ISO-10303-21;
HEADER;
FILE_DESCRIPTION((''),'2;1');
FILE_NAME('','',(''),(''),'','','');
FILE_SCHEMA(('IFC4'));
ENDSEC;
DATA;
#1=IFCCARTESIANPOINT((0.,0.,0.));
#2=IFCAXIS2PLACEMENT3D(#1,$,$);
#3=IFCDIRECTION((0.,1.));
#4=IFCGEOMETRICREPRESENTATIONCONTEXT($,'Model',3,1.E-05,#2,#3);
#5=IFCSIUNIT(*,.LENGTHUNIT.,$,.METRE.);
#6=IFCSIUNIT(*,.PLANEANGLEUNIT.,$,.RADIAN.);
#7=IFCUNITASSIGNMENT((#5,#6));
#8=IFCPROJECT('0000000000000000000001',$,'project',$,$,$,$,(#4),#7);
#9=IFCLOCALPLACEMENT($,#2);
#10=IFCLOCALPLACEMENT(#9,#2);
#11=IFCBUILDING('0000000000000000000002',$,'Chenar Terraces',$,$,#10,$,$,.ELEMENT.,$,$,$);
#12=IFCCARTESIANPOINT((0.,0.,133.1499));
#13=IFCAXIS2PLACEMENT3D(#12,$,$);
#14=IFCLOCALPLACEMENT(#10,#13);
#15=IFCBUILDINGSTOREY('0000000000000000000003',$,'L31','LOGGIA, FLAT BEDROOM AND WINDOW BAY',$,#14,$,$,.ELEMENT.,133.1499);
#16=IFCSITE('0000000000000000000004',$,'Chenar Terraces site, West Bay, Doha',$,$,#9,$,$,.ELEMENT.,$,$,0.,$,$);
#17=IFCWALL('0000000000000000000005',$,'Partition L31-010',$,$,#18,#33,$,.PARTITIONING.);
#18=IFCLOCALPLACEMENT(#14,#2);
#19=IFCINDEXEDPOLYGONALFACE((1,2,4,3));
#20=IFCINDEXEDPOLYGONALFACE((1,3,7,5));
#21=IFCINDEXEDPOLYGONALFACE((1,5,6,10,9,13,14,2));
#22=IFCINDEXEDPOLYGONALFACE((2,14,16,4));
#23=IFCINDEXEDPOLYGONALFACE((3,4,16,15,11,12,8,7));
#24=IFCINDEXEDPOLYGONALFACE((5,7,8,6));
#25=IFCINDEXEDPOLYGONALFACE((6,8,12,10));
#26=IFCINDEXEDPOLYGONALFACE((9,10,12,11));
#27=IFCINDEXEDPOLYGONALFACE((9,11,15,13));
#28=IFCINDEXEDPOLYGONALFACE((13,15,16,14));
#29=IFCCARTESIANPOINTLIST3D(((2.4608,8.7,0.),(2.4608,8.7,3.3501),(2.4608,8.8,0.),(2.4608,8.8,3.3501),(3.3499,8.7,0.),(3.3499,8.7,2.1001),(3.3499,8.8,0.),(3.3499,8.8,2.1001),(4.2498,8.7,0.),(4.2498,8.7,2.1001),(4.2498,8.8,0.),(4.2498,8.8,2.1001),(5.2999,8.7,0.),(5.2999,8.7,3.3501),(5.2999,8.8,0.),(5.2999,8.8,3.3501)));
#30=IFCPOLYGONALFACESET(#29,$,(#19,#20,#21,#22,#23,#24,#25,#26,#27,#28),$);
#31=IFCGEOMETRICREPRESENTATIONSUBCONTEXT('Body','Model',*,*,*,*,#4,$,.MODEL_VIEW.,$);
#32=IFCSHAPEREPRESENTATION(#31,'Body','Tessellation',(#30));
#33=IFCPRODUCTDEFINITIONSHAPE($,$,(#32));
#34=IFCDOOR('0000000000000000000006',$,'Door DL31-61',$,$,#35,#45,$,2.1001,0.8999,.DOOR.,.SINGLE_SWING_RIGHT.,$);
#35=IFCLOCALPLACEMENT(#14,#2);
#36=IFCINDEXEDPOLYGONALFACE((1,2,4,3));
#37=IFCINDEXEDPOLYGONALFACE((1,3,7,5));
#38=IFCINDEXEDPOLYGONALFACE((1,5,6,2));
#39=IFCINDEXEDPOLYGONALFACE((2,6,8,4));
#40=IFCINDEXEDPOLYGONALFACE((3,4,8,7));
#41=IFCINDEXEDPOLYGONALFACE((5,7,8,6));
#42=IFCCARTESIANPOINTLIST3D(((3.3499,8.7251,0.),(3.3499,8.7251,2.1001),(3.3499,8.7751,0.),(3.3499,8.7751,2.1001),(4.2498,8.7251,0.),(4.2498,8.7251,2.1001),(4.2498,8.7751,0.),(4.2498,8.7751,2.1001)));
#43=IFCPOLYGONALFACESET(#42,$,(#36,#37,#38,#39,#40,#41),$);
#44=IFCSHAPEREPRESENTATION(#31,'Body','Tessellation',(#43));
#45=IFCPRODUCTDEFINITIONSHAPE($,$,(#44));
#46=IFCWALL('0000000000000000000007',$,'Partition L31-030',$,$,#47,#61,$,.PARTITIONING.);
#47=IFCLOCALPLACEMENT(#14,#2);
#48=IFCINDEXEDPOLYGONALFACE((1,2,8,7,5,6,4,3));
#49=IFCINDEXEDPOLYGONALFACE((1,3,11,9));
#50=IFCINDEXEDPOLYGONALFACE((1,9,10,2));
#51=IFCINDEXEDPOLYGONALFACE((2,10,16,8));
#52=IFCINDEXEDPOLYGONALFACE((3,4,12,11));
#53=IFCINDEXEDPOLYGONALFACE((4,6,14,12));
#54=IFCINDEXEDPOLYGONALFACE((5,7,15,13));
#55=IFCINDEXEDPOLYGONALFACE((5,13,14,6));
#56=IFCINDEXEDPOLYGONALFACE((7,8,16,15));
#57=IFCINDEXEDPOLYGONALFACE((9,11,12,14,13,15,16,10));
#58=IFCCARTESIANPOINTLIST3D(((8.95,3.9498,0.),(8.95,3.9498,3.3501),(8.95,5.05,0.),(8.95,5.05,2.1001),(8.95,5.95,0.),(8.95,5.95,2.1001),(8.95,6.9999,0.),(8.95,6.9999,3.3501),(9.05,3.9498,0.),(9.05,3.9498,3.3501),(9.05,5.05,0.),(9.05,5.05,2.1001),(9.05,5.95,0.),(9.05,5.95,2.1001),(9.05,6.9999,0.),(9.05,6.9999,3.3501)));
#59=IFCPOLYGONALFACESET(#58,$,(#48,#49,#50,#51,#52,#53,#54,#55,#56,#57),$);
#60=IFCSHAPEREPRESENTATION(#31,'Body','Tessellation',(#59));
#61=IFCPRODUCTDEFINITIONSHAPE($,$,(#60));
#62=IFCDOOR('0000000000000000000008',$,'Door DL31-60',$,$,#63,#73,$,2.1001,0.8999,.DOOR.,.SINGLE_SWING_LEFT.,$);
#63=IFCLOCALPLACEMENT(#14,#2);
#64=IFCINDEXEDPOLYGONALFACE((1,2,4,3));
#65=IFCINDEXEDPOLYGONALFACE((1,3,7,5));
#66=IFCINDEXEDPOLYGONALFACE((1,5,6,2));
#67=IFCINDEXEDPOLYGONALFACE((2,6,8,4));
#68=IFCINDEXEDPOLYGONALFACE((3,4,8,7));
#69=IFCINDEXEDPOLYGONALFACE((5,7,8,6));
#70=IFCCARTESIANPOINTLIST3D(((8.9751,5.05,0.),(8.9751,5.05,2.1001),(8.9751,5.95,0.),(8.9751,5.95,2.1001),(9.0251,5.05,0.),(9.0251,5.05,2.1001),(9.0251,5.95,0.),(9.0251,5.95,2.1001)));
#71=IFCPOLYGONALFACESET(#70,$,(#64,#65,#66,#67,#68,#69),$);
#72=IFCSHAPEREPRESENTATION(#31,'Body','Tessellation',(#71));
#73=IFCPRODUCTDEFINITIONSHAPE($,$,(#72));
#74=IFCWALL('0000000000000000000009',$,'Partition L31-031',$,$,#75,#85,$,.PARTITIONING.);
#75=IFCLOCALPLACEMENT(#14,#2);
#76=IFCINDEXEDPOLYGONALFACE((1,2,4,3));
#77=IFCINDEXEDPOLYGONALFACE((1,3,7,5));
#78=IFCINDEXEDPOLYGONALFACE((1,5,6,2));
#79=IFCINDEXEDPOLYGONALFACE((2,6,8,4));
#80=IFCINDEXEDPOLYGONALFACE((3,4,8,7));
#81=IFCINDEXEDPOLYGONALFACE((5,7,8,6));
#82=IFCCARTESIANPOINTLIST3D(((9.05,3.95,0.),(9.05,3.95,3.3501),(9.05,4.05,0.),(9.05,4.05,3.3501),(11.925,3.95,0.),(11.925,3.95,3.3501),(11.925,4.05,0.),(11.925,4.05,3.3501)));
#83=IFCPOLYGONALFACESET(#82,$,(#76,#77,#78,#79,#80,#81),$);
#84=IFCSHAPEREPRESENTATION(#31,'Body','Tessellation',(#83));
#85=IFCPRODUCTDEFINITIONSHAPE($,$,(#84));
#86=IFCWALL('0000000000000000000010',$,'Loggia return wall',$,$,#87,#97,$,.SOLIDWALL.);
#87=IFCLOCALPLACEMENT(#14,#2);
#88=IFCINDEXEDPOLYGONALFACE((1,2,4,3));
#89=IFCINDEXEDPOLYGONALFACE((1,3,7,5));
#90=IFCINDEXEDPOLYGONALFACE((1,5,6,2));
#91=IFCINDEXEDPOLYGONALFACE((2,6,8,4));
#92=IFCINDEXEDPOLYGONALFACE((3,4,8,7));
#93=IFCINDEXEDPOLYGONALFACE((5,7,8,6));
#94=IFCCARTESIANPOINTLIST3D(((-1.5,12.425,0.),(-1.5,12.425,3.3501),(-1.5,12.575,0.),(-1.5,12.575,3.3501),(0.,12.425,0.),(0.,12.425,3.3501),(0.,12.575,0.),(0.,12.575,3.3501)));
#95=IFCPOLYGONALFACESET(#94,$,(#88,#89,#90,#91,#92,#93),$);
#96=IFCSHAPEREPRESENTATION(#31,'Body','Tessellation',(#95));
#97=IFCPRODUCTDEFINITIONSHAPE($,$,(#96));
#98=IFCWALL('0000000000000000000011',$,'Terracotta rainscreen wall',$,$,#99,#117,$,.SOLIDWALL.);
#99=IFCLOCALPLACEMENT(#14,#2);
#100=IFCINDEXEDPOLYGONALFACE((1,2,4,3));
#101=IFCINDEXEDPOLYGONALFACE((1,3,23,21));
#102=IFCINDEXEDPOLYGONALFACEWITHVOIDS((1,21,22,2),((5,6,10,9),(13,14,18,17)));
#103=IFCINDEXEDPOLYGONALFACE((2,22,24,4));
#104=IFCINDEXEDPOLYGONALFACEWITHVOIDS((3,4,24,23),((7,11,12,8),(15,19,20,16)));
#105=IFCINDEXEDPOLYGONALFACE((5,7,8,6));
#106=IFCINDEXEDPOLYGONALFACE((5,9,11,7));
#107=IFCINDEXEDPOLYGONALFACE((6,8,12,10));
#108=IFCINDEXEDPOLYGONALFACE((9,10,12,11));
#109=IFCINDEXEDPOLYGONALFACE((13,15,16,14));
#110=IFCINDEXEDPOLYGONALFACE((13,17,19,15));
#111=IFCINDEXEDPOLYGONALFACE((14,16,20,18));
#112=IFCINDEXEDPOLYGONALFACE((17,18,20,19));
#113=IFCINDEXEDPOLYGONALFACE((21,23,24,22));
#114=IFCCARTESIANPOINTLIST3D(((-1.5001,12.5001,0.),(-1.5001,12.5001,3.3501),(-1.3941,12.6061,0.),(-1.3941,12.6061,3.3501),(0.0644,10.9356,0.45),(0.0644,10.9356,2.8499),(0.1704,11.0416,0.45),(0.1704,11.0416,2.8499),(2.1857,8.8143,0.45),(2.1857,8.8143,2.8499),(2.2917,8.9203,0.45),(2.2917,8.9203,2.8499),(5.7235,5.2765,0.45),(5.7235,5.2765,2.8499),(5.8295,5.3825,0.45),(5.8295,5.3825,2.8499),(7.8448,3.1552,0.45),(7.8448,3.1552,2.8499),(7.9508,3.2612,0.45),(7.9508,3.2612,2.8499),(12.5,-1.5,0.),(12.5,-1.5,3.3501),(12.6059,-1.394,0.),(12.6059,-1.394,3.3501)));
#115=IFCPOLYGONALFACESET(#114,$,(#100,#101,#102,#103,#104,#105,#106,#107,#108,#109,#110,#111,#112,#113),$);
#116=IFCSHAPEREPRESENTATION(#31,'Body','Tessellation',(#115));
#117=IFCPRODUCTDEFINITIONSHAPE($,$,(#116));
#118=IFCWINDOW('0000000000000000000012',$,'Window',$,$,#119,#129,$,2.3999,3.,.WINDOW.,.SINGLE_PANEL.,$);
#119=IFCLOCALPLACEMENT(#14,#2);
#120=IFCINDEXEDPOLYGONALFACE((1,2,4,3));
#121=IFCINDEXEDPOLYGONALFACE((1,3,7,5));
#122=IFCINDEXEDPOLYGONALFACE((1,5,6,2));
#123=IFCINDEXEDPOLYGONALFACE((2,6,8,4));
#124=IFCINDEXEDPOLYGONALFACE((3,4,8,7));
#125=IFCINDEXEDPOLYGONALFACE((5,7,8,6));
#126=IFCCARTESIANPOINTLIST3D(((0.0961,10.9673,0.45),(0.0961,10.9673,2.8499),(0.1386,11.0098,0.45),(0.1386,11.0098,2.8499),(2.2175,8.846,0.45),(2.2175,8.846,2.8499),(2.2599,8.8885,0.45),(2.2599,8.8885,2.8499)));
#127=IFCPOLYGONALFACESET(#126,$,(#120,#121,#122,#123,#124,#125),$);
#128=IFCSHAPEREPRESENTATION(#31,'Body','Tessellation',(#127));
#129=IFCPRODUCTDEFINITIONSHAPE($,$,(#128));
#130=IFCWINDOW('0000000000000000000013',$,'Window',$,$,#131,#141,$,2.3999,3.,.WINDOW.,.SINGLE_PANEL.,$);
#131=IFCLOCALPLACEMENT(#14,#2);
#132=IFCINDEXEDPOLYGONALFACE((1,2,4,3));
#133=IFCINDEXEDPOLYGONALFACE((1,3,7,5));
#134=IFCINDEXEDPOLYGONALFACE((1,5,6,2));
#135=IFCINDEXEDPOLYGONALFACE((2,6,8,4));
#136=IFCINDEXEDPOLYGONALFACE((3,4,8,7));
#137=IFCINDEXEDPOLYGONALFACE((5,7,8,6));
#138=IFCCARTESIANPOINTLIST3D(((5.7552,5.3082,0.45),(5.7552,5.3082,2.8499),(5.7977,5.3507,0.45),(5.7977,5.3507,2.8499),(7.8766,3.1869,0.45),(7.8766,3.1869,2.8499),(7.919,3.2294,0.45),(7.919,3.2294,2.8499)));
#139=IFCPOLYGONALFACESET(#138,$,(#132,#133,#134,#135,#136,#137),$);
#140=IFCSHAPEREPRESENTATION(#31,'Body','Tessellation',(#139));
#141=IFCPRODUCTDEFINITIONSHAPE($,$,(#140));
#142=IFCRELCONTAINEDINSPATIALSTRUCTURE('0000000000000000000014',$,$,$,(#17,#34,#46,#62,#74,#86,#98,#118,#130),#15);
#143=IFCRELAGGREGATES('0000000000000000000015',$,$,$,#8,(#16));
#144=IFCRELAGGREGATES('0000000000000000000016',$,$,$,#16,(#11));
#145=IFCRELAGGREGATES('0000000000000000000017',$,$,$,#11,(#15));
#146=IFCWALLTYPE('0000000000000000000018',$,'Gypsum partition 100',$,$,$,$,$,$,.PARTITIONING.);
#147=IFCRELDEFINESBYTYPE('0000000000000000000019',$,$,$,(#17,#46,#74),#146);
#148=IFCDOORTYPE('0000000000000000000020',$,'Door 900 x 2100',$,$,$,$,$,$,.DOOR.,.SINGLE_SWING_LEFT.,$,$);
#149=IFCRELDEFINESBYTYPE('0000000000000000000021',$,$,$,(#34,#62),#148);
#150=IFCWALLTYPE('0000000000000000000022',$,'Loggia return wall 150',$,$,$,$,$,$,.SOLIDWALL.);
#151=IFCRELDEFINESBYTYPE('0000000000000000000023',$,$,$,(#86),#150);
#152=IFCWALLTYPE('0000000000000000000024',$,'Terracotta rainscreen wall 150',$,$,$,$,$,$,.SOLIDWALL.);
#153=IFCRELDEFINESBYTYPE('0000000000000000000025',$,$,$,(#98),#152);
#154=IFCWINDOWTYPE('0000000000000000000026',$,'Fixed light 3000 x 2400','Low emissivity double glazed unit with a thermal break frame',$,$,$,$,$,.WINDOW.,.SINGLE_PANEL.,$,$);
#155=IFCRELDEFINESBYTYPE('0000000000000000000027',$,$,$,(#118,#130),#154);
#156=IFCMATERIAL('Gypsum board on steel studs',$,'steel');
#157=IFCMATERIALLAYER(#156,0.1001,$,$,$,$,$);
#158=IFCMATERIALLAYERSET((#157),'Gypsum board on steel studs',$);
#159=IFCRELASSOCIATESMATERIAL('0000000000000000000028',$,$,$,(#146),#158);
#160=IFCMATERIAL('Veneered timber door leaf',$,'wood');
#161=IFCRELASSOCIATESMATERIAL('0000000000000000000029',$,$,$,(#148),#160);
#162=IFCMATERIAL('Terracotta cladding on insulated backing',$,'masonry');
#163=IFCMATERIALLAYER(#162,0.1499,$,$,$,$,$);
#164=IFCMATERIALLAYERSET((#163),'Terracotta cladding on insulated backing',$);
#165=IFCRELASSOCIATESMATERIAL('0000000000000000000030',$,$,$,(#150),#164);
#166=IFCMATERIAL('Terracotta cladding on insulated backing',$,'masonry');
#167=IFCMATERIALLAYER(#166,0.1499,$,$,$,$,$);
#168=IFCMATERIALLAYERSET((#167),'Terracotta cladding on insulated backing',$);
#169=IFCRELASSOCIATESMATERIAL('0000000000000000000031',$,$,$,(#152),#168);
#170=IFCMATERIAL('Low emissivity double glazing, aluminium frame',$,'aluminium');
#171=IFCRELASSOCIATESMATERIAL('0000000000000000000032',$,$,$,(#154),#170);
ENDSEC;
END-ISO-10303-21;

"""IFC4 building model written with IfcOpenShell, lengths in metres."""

from ifc_helpers import new_model, si_unit, direction, frame, frame_2d, origin, place, context, subcontext, project, spatial, rectangle, extrude, material, layer, layer_set, type_object, element, fill, save


model = new_model("IFC4")

# Units and contexts
model_context = context("Model", 3, precision=1e-05, world=origin(), true_north=direction((0.0, 1.0)))
body_context = subcontext(model_context, "Body", "Model", "MODEL_VIEW")
ifc_project = project(units=[si_unit("LENGTHUNIT", "METRE"), si_unit("PLANEANGLEUNIT", "RADIAN")], contexts=[model_context])

# Site, building, storey
site_placement = place(None, origin())
site = spatial("IfcSite", under=ifc_project, at=site_placement, Name="Chenar Terraces site, West Bay, Doha", CompositionType="ELEMENT", RefElevation=0.0)
building_placement = place(site_placement, origin())
building = spatial("IfcBuilding", under=site, at=building_placement, Name="Chenar Terraces", CompositionType="ELEMENT")
storey_placement = place(building_placement, frame((0.0, 0.0, 133.1499)))
storey = spatial("IfcBuildingStorey", under=building, at=storey_placement, Name="L31", Description="LOGGIA, FLAT BEDROOM AND WINDOW BAY", CompositionType="ELEMENT", Elevation=133.1499)

# Walls, openings, doors
ifc_material_1 = material(Name="Gypsum board on steel studs", Category="steel")
ifc_layer_1 = layer(ifc_material_1, 0.1001)
ifc_layer_set_1 = layer_set([ifc_layer_1], Name="Gypsum board on steel studs")
wall_type_1 = type_object("IfcWallType", Name="Gypsum partition 100", PredefinedType="PARTITIONING", material=ifc_layer_set_1)
wall_1_placement = place(storey_placement, frame((2.4609, 8.75, 0.0), z_axis=(0.0, 0.0, 1.0), x_axis=(1.0, 0.0, 0.0)))
wall_1 = element("IfcWall", 1, at=wall_1_placement, inside=storey, type_object=wall_type_1, Name="Partition L31-010", PredefinedType="PARTITIONING", context=body_context, shape_type="SweptSolid", body=[
    extrude(rectangle(XDim=2.8391, YDim=0.1001, at=frame_2d((1.4194, 0.0))), origin(), (0.0, 0.0, 1.0), 3.3501),
])
opening_1_placement = place(wall_1_placement, frame((0.8889, 0.0, 0.0)))
opening_1 = element("IfcOpeningElement", 2, at=opening_1_placement, cuts=wall_1, PredefinedType="OPENING", context=body_context, shape_type="SweptSolid", body=[
    extrude(rectangle(XDim=0.8999, YDim=2.1001, at=frame_2d((0.45, 1.05))), frame((0.0, 0.0601, 0.0), z_axis=(0.0, -1.0, 0.0), x_axis=(1.0, 0.0, 0.0)), (0.0, 0.0, 1.0), 0.1201),
])
ifc_material_2 = material(Name="Veneered timber door leaf", Category="wood")
door_type_1 = type_object("IfcDoorType", Name="Door 900 x 2100", OperationType="SINGLE_SWING_LEFT", PredefinedType="DOOR", material=ifc_material_2)
door_1_placement = place(opening_1_placement, frame((0.8999, 0.0, 0.0), z_axis=(0.0, 0.0, 1.0), x_axis=(-1.0, 0.0, 0.0)))
door_1 = element("IfcDoor", 3, at=door_1_placement, inside=storey, type_object=door_type_1, Name="Door DL31-61", OperationType="SINGLE_SWING_RIGHT", OverallHeight=2.1001, OverallWidth=0.8999, PredefinedType="DOOR", context=body_context, shape_type="SweptSolid", body=[
    extrude(rectangle(XDim=0.8999, YDim=2.1001, at=frame_2d((0.45, 1.05))), frame((0.0, 0.0249, 0.0), z_axis=(0.0, -1.0, 0.0), x_axis=(1.0, 0.0, 0.0)), (0.0, 0.0, 1.0), 0.05),
])
fill(opening_1, door_1)
wall_2_placement = place(storey_placement, frame((9.0, 3.95, 0.0), z_axis=(0.0, 0.0, 1.0), x_axis=(0.0, 1.0, 0.0)))
wall_2 = element("IfcWall", 4, at=wall_2_placement, inside=storey, type_object=wall_type_1, Name="Partition L31-030", PredefinedType="PARTITIONING", context=body_context, shape_type="SweptSolid", body=[
    extrude(rectangle(XDim=3.05, YDim=0.1001, at=frame_2d((1.5249, 0.0))), origin(), (0.0, 0.0, 1.0), 3.3501),
])
opening_2_placement = place(wall_2_placement, frame((1.1001, 0.0, 0.0)))
opening_2 = element("IfcOpeningElement", 5, at=opening_2_placement, cuts=wall_2, PredefinedType="OPENING", context=body_context, shape_type="SweptSolid", body=[
    extrude(rectangle(XDim=0.8999, YDim=2.1001, at=frame_2d((0.45, 1.05))), frame((0.0, 0.0601, 0.0), z_axis=(0.0, -1.0, 0.0), x_axis=(1.0, 0.0, 0.0)), (0.0, 0.0, 1.0), 0.1201),
])
door_2_placement = place(opening_2_placement, origin())
door_2 = element("IfcDoor", 6, at=door_2_placement, inside=storey, type_object=door_type_1, Name="Door DL31-60", OperationType="SINGLE_SWING_LEFT", OverallHeight=2.1001, OverallWidth=0.8999, PredefinedType="DOOR", context=body_context, shape_type="SweptSolid", body=[
    extrude(rectangle(XDim=0.8999, YDim=2.1001, at=frame_2d((0.45, 1.05))), frame((0.0, 0.0249, 0.0), z_axis=(0.0, -1.0, 0.0), x_axis=(1.0, 0.0, 0.0)), (0.0, 0.0, 1.0), 0.05),
])
fill(opening_2, door_2)

# Walls
wall_3_placement = place(storey_placement, frame((9.05, 4.0, 0.0), z_axis=(0.0, 0.0, 1.0), x_axis=(1.0, 0.0, 0.0)))
element("IfcWall", 7, at=wall_3_placement, inside=storey, type_object=wall_type_1, Name="Partition L31-031", PredefinedType="PARTITIONING", context=body_context, shape_type="SweptSolid", body=[
    extrude(rectangle(XDim=2.875, YDim=0.1001, at=frame_2d((1.4375, 0.0))), origin(), (0.0, 0.0, 1.0), 3.3501),
])
ifc_material_3 = material(Name="Terracotta cladding on insulated backing", Category="masonry")
ifc_layer_2 = layer(ifc_material_3, 0.1499)
ifc_layer_set_2 = layer_set([ifc_layer_2], Name="Terracotta cladding on insulated backing")
wall_type_2 = type_object("IfcWallType", Name="Loggia return wall 150", PredefinedType="SOLIDWALL", material=ifc_layer_set_2)
wall_4_placement = place(storey_placement, frame((-1.5, 12.5, 0.0), z_axis=(0.0, 0.0, 1.0), x_axis=(1.0, 0.0, 0.0)))
element("IfcWall", 8, at=wall_4_placement, inside=storey, type_object=wall_type_2, Name="Loggia return wall", PredefinedType="SOLIDWALL", context=body_context, shape_type="SweptSolid", body=[
    extrude(rectangle(XDim=1.5, YDim=0.1499, at=frame_2d((0.75, 0.0))), origin(), (0.0, 0.0, 1.0), 3.3501),
])

# Wall, openings, windows
ifc_material_4 = material(Name="Terracotta cladding on insulated backing", Category="masonry")
ifc_layer_3 = layer(ifc_material_4, 0.1499)
ifc_layer_set_3 = layer_set([ifc_layer_3], Name="Terracotta cladding on insulated backing")
wall_type_3 = type_object("IfcWallType", Name="Terracotta rainscreen wall 150", PredefinedType="SOLIDWALL", material=ifc_layer_set_3)
wall_5_placement = place(storey_placement, frame((-1.447, 12.553, 0.0), z_axis=(0.0, 0.0, 1.0), x_axis=(0.707107, -0.707107, 0.0)))
wall_5 = element("IfcWall", 9, at=wall_5_placement, inside=storey, type_object=wall_type_3, Name="Terracotta rainscreen wall", PredefinedType="SOLIDWALL", context=body_context, shape_type="SweptSolid", body=[
    extrude(rectangle(XDim=19.7991, YDim=0.1499, at=frame_2d((9.8994, 0.0))), origin(), (0.0, 0.0, 1.0), 3.3501),
])
opening_3_placement = place(wall_5_placement, frame((2.2124, 0.0, 0.45)))
opening_3 = element("IfcOpeningElement", 10, at=opening_3_placement, cuts=wall_5, PredefinedType="OPENING", context=body_context, shape_type="SweptSolid", body=[
    extrude(rectangle(XDim=3.0, YDim=2.3999, at=frame_2d((1.5, 1.2))), frame((0.0, 0.085, 0.0), z_axis=(0.0, -1.0, 0.0), x_axis=(1.0, 0.0, 0.0)), (0.0, 0.0, 1.0), 0.1699),
])
opening_4_placement = place(wall_5_placement, frame((10.2156, 0.0, 0.45)))
opening_4 = element("IfcOpeningElement", 11, at=opening_4_placement, cuts=wall_5, PredefinedType="OPENING", context=body_context, shape_type="SweptSolid", body=[
    extrude(rectangle(XDim=3.0, YDim=2.3999, at=frame_2d((1.5, 1.2))), frame((0.0, 0.085, 0.0), z_axis=(0.0, -1.0, 0.0), x_axis=(1.0, 0.0, 0.0)), (0.0, 0.0, 1.0), 0.1699),
])
ifc_material_5 = material(Name="Low emissivity double glazing, aluminium frame", Category="aluminium")
window_type = type_object("IfcWindowType", Name="Fixed light 3000 x 2400", Description="Low emissivity double glazed unit with a thermal break frame", PartitioningType="SINGLE_PANEL", PredefinedType="WINDOW", material=ifc_material_5)
window_1_placement = place(opening_3_placement, origin())
window_1 = element("IfcWindow", 12, at=window_1_placement, inside=storey, type_object=window_type, Name="Window", OverallHeight=2.3999, OverallWidth=3.0, PartitioningType="SINGLE_PANEL", PredefinedType="WINDOW", context=body_context, shape_type="SweptSolid", body=[
    extrude(rectangle(XDim=3.0, YDim=2.3999, at=frame_2d((1.5, 1.2))), frame((0.0, 0.03, 0.0), z_axis=(0.0, -1.0, 0.0), x_axis=(1.0, 0.0, 0.0)), (0.0, 0.0, 1.0), 0.0601),
])
fill(opening_3, window_1)
window_2_placement = place(opening_4_placement, origin())
window_2 = element("IfcWindow", 13, at=window_2_placement, inside=storey, type_object=window_type, Name="Window", OverallHeight=2.3999, OverallWidth=3.0, PartitioningType="SINGLE_PANEL", PredefinedType="WINDOW", context=body_context, shape_type="SweptSolid", body=[
    extrude(rectangle(XDim=3.0, YDim=2.3999, at=frame_2d((1.5, 1.2))), frame((0.0, 0.03, 0.0), z_axis=(0.0, -1.0, 0.0), x_axis=(1.0, 0.0, 0.0)), (0.0, 0.0, 1.0), 0.0601),
])
fill(opening_4, window_2)

save(model, "model.ifc")
